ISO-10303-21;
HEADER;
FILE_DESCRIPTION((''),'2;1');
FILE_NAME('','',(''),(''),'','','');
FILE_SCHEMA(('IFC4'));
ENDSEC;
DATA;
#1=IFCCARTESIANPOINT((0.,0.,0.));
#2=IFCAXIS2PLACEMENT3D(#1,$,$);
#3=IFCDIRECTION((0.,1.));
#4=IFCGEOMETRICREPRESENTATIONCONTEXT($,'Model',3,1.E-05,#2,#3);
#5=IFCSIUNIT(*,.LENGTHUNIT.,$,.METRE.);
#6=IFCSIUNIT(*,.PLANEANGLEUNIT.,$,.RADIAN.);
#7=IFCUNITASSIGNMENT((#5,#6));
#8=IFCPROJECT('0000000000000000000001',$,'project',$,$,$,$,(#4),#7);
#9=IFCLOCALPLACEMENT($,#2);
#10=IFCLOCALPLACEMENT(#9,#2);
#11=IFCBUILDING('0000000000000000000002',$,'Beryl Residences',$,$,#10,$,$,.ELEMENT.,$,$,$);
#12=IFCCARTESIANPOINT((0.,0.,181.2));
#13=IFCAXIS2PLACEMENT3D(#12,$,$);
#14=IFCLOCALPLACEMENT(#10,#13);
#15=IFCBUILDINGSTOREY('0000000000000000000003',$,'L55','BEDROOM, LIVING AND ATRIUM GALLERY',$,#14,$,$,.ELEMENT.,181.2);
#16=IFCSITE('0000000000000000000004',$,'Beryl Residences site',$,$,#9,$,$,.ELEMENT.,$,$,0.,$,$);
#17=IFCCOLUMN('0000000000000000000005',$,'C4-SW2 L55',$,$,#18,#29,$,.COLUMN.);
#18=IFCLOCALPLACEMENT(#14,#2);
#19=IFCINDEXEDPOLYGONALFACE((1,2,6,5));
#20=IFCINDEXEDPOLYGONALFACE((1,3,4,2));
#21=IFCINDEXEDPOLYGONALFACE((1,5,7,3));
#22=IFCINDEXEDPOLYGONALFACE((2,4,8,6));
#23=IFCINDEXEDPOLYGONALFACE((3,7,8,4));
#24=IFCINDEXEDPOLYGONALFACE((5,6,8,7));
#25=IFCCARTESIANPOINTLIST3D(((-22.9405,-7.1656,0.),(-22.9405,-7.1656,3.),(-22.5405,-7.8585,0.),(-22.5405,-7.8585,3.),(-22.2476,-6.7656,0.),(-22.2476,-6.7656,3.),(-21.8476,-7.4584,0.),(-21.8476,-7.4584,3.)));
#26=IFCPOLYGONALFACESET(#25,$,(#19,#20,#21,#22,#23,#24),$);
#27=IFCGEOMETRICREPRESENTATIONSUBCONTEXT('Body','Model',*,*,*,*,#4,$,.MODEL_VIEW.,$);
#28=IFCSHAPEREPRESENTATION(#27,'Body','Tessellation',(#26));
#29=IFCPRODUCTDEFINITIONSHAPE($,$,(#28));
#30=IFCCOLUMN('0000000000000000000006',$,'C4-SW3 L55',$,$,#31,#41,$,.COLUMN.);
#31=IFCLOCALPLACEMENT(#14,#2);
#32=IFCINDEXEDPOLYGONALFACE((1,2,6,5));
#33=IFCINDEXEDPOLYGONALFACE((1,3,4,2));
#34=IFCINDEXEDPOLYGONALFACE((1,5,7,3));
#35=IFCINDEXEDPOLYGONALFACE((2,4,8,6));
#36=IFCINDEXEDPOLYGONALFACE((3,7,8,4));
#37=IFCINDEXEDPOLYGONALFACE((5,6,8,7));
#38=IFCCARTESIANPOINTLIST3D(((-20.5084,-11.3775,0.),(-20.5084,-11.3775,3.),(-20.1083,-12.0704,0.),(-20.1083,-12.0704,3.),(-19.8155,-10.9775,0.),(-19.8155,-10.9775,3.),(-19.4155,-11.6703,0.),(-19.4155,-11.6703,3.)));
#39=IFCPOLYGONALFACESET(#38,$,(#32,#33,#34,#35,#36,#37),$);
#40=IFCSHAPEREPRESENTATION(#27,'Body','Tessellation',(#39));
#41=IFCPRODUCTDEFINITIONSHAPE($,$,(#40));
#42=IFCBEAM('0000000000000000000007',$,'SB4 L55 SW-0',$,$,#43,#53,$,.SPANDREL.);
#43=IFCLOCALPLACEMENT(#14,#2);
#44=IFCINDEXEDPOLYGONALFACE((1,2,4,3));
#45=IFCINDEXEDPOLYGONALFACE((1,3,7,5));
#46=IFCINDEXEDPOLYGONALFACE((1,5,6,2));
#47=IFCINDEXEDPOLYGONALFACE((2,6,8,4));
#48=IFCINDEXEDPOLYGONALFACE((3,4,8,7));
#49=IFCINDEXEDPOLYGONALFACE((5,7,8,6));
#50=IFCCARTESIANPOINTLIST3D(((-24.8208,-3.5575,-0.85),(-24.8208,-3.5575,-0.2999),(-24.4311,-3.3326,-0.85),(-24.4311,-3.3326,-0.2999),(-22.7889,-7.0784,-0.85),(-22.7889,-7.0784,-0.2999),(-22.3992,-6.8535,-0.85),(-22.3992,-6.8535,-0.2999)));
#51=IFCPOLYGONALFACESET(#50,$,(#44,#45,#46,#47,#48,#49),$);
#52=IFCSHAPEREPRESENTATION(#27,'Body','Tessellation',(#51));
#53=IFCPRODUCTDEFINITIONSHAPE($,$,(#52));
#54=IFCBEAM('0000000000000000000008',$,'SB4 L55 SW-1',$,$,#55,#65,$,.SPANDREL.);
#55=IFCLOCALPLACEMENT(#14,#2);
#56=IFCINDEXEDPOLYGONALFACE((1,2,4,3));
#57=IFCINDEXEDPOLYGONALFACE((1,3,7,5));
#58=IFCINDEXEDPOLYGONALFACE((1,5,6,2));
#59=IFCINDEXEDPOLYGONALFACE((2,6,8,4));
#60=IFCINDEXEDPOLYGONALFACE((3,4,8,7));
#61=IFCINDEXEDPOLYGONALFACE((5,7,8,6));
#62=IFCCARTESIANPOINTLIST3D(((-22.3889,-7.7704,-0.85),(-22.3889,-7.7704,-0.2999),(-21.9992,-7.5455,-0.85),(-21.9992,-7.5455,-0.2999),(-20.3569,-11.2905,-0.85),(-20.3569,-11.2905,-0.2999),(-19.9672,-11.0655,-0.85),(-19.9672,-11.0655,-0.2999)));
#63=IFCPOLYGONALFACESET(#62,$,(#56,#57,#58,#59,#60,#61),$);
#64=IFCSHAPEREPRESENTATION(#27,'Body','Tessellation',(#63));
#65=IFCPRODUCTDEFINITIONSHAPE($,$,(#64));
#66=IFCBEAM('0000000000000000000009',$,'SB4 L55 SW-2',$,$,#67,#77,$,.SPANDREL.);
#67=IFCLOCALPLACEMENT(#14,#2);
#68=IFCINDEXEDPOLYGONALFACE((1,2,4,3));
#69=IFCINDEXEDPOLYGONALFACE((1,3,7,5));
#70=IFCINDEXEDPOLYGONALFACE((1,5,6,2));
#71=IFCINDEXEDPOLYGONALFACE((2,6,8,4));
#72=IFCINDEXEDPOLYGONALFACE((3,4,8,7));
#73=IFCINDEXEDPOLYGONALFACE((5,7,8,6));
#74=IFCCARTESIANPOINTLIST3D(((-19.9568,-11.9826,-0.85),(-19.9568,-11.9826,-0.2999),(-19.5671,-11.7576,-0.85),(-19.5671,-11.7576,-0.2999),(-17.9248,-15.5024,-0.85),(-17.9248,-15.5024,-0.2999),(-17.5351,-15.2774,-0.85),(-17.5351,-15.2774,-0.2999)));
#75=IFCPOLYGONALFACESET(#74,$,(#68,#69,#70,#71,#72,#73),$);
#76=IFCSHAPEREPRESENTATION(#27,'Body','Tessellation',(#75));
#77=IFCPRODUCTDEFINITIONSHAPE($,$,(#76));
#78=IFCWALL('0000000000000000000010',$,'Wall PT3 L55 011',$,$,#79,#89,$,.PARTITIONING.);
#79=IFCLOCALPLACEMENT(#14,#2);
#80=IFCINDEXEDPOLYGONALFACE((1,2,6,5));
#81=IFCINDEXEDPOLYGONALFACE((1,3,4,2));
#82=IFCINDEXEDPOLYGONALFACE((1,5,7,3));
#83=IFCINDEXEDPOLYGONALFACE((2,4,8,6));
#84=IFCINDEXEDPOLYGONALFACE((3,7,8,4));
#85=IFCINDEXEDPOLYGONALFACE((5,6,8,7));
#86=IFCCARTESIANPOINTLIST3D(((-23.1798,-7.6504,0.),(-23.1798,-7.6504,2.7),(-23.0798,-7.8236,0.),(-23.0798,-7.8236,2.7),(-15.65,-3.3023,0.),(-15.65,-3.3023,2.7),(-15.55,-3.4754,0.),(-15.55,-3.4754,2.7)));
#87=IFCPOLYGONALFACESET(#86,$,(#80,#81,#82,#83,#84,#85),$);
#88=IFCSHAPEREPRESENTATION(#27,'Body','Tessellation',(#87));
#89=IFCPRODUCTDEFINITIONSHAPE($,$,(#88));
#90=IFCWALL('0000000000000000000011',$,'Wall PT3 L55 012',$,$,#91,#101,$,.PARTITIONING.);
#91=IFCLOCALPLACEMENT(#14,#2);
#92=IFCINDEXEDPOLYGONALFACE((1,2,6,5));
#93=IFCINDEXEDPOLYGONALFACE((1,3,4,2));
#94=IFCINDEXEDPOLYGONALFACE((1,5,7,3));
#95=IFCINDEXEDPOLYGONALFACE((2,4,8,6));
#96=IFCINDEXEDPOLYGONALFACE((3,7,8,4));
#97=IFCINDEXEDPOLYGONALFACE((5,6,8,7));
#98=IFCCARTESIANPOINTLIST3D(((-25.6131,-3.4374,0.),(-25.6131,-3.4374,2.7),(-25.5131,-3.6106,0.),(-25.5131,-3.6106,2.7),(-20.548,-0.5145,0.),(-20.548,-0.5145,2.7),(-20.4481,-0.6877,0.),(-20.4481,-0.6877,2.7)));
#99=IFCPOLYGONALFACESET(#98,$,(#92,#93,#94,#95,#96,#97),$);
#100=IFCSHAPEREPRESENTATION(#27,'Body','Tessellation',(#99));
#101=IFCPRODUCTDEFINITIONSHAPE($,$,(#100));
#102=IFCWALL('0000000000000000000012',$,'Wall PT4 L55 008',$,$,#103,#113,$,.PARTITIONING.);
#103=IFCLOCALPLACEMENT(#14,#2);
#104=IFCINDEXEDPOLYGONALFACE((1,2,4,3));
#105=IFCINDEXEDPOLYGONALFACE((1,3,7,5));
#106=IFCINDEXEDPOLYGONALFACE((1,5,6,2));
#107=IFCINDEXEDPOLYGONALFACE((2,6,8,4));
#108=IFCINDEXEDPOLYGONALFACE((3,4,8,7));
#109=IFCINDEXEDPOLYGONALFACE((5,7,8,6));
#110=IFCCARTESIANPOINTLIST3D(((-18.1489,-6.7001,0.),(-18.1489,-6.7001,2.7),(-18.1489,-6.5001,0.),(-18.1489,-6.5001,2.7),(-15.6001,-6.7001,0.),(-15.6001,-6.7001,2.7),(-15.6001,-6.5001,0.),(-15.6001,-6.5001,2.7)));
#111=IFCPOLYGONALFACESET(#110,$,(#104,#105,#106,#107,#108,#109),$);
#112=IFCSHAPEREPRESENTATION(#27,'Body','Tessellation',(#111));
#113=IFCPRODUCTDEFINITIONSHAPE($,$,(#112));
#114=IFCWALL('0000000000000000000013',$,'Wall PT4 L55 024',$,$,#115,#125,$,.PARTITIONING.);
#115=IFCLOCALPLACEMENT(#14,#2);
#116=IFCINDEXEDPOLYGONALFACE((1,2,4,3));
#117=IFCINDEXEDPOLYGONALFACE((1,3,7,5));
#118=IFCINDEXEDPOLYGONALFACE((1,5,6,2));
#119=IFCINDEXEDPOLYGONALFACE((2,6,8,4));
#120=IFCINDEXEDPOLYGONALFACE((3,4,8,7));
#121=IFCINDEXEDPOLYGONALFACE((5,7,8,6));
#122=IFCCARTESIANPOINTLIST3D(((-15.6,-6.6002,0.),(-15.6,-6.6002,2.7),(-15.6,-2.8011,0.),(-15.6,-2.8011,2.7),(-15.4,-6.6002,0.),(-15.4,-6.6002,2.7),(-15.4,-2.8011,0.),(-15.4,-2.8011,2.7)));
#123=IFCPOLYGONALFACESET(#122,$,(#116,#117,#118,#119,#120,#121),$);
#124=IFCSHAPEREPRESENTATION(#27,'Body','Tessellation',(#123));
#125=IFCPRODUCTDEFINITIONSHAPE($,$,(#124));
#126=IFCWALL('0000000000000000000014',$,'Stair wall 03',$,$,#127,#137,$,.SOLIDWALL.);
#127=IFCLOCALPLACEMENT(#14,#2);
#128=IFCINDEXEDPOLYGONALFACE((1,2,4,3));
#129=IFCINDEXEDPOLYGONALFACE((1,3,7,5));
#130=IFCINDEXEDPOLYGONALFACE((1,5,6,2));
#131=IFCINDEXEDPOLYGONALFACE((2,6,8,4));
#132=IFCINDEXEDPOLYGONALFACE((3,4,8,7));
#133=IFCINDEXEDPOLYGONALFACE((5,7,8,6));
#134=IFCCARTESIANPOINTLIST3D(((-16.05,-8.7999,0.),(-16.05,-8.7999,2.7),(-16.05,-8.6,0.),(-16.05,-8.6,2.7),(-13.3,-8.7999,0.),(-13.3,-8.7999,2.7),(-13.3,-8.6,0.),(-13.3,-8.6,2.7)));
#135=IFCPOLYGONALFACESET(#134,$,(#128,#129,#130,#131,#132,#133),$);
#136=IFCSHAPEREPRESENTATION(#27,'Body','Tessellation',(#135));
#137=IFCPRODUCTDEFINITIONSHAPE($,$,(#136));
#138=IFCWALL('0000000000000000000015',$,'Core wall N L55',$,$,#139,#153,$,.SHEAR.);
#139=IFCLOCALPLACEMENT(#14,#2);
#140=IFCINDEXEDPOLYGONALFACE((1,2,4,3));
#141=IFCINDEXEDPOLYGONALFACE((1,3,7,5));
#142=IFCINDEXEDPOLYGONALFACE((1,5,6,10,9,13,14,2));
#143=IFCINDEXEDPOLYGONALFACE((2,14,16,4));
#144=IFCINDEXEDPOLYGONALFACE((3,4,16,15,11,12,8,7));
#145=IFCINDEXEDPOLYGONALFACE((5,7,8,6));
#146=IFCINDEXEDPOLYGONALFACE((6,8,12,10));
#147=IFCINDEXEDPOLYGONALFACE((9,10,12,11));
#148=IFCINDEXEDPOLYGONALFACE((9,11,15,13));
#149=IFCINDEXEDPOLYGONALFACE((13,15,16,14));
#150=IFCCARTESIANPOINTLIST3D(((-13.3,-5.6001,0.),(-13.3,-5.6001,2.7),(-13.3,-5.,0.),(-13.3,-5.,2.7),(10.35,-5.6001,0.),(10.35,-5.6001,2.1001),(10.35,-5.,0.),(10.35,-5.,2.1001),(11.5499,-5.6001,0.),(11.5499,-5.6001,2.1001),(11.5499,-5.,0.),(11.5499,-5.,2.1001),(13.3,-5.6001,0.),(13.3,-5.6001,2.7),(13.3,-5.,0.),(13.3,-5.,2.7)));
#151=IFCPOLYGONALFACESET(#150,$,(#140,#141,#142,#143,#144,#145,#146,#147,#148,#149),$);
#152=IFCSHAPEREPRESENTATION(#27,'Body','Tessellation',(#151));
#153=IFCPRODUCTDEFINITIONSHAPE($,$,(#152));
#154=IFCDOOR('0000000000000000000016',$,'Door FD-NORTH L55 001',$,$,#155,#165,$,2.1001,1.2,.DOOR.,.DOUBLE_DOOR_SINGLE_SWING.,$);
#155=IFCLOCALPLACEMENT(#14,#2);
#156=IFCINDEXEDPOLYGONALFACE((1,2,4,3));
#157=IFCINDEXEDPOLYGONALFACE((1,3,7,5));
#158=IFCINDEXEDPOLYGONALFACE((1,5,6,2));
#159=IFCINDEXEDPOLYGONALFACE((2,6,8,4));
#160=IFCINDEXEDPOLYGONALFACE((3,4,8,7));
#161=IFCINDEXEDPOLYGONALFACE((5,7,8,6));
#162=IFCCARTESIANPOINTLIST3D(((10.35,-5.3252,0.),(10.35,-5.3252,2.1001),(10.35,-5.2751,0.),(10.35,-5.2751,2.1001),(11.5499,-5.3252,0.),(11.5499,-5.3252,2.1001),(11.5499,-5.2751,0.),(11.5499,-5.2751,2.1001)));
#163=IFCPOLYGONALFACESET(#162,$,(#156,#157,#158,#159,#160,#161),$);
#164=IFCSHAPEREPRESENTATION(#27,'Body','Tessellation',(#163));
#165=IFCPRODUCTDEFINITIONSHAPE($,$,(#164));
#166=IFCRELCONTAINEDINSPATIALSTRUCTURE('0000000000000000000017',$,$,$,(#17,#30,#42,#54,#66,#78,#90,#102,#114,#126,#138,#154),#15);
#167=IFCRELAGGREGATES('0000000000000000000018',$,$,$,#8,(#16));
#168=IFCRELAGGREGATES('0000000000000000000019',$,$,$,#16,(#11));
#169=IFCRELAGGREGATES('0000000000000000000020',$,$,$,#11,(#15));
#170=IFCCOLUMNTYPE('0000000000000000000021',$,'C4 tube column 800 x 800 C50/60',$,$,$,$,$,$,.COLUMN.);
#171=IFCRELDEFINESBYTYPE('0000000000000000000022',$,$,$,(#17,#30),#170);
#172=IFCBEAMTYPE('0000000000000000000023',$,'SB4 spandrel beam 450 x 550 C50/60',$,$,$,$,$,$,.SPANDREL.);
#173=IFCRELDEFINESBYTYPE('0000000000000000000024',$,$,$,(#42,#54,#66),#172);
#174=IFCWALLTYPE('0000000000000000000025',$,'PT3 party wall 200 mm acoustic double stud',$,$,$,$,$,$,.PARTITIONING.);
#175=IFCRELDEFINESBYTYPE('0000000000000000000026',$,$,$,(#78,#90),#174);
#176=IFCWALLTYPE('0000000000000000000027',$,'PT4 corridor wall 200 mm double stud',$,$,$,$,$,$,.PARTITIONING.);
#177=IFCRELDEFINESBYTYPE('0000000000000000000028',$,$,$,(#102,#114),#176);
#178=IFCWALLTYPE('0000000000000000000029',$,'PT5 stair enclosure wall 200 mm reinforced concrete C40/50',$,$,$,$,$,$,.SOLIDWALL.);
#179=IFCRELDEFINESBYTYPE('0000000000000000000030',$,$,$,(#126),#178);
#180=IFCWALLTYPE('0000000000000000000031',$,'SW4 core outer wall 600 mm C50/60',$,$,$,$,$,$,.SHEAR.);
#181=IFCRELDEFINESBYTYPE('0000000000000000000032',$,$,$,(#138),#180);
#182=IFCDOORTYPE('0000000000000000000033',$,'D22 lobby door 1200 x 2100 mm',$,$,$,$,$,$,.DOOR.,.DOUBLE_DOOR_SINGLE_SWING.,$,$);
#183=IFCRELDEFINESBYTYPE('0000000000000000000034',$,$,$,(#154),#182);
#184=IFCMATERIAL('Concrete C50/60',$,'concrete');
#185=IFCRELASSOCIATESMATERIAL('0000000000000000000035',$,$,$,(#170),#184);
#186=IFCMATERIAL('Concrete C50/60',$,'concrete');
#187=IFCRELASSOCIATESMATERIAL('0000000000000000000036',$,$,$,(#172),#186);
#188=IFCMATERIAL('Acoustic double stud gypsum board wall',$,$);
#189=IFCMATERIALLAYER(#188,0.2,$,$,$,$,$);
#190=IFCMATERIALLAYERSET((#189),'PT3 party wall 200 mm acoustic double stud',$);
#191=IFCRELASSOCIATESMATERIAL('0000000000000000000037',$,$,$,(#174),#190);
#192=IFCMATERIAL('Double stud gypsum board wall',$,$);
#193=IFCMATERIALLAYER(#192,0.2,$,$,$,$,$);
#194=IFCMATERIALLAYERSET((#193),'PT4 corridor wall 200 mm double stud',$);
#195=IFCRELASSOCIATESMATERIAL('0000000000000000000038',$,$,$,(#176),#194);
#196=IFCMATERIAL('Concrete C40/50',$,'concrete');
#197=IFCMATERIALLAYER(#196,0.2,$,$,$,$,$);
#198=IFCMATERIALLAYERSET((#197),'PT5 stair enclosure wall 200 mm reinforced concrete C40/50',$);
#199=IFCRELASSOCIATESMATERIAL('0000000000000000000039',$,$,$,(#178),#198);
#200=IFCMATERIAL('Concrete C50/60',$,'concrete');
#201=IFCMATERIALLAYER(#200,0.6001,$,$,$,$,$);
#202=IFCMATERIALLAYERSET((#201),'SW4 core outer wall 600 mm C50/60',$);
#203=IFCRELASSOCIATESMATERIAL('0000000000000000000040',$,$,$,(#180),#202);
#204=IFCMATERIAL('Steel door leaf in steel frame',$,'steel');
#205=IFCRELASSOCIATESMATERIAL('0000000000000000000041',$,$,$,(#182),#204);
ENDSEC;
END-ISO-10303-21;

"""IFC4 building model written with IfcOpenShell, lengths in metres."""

from ifc_helpers import new_model, si_unit, direction, frame, frame_2d, origin, origin_2d, place, context, subcontext, project, spatial, rectangle, extrude, material, layer, layer_set, material_profile, profile_set, type_object, element, fill, save


model = new_model("IFC4")

# Units and contexts
model_context = context("Model", 3, precision=1e-05, world=origin(), true_north=direction((0.0, 1.0)))
body_context = subcontext(model_context, "Body", "Model", "MODEL_VIEW")
ifc_project = project(units=[si_unit("LENGTHUNIT", "METRE"), si_unit("PLANEANGLEUNIT", "RADIAN")], contexts=[model_context])

# Site, building, storey
site_placement = place(None, origin())
site = spatial("IfcSite", under=ifc_project, at=site_placement, Name="Beryl Residences site", CompositionType="ELEMENT", RefElevation=0.0)
building_placement = place(site_placement, origin())
building = spatial("IfcBuilding", under=site, at=building_placement, Name="Beryl Residences", CompositionType="ELEMENT")
storey_placement = place(building_placement, frame((0.0, 0.0, 181.2)))
storey = spatial("IfcBuildingStorey", under=building, at=storey_placement, Name="L55", Description="BEDROOM, LIVING AND ATRIUM GALLERY", CompositionType="ELEMENT", Elevation=181.2)

# Columns
ifc_material_1 = material(Name="Concrete C50/60", Category="concrete")
ifc_material_profile_1 = material_profile(ifc_material_1, rectangle(XDim=0.8, YDim=0.8, at=origin_2d()))
ifc_profile_set_1 = profile_set([ifc_material_profile_1], Name="Concrete C50/60")
column_type = type_object("IfcColumnType", Name="C4 tube column 800 x 800 C50/60", PredefinedType="COLUMN", material=ifc_profile_set_1)
for number, where, z_axis, x_axis, name in (
    (1, (-22.394, -7.312, 0.0), (0.0, 0.0, 1.0), (0.5, -0.866025, 0.0), "C4-SW2 L55"),
    (2, (-19.9619, -11.5239, 0.0), (0.0, 0.0, 1.0), (0.5, -0.866025, 0.0), "C4-SW3 L55"),
):
    element("IfcColumn", number, at=place(storey_placement, frame(where, z_axis=z_axis, x_axis=x_axis)), inside=storey, type_object=column_type, Name=name, PredefinedType="COLUMN", context=body_context, shape_type="SweptSolid", body=[
        extrude(rectangle(XDim=0.8, YDim=0.8, at=origin_2d()), origin(), (0.0, 0.0, 1.0), 3.0),
    ])

# Beams
ifc_material_2 = material(Name="Concrete C50/60", Category="concrete")
ifc_material_profile_2 = material_profile(ifc_material_2, rectangle(XDim=0.45, YDim=0.55, at=origin_2d()))
ifc_profile_set_2 = profile_set([ifc_material_profile_2], Name="Concrete C50/60")
beam_type = type_object("IfcBeamType", Name="SB4 spandrel beam 450 x 550 C50/60", PredefinedType="SPANDREL", material=ifc_profile_set_2)
beam_1_placement = place(storey_placement, frame((-24.626, -3.4451, -0.575), z_axis=(0.49984, -0.866118, 0.0), x_axis=(0.866118, 0.49984, 0.0)))
element("IfcBeam", 3, at=beam_1_placement, inside=storey, type_object=beam_type, Name="SB4 L55 SW-0", PredefinedType="SPANDREL", context=body_context, shape_type="SweptSolid", body=[
    extrude(rectangle(XDim=0.45, YDim=0.55, at=origin_2d()), origin(), (0.0, 0.0, 1.0), 4.0652),
])
beam_2_placement = place(storey_placement, frame((-22.1941, -7.658, -0.575), z_axis=(0.499944, -0.866058, 0.0), x_axis=(0.866058, 0.499944, 0.0)))
element("IfcBeam", 4, at=beam_2_placement, inside=storey, type_object=beam_type, Name="SB4 L55 SW-1", PredefinedType="SPANDREL", context=body_context, shape_type="SweptSolid", body=[
    extrude(rectangle(XDim=0.45, YDim=0.55, at=origin_2d()), origin(), (0.0, 0.0, 1.0), 4.0645),
])
beam_3_placement = place(storey_placement, frame((-19.762, -11.8701, -0.575), z_axis=(0.49997, -0.866043, 0.0), x_axis=(0.866043, 0.49997, 0.0)))
element("IfcBeam", 5, at=beam_3_placement, inside=storey, type_object=beam_type, Name="SB4 L55 SW-2", PredefinedType="SPANDREL", context=body_context, shape_type="SweptSolid", body=[
    extrude(rectangle(XDim=0.45, YDim=0.55, at=origin_2d()), origin(), (0.0, 0.0, 1.0), 4.0642),
])

# Walls
ifc_material_3 = material(Name="Acoustic double stud gypsum board wall")
ifc_layer_1 = layer(ifc_material_3, 0.2)
ifc_layer_set_1 = layer_set([ifc_layer_1], Name="PT3 party wall 200 mm acoustic double stud")
wall_type_1 = type_object("IfcWallType", Name="PT3 party wall 200 mm acoustic double stud", PredefinedType="PARTITIONING", material=ifc_layer_set_1)
wall_1_placement = place(storey_placement, frame((-23.1299, -7.7371, 0.0), z_axis=(0.0, 0.0, 1.0), x_axis=(0.865985, 0.500071, 0.0)))
element("IfcWall", 6, at=wall_1_placement, inside=storey, type_object=wall_type_1, Name="Wall PT3 L55 011", PredefinedType="PARTITIONING", context=body_context, shape_type="SweptSolid", body=[
    extrude(rectangle(XDim=8.6951, YDim=0.2, at=frame_2d((4.3477, 0.0))), origin(), (0.0, 0.0, 1.0), 2.7),
])
wall_2_placement = place(storey_placement, frame((-25.563, -3.5239, 0.0), z_axis=(0.0, 0.0, 1.0), x_axis=(0.866129, 0.499821, 0.0)))
element("IfcWall", 7, at=wall_2_placement, inside=storey, type_object=wall_type_1, Name="Wall PT3 L55 012", PredefinedType="PARTITIONING", context=body_context, shape_type="SweptSolid", body=[
    extrude(rectangle(XDim=5.8479, YDim=0.2, at=frame_2d((2.9238, 0.0))), origin(), (0.0, 0.0, 1.0), 2.7),
])
ifc_material_4 = material(Name="Double stud gypsum board wall")
ifc_layer_2 = layer(ifc_material_4, 0.2)
ifc_layer_set_2 = layer_set([ifc_layer_2], Name="PT4 corridor wall 200 mm double stud")
wall_type_2 = type_object("IfcWallType", Name="PT4 corridor wall 200 mm double stud", PredefinedType="PARTITIONING", material=ifc_layer_set_2)
wall_3_placement = place(storey_placement, frame((-18.1489, -6.6001, 0.0), z_axis=(0.0, 0.0, 1.0), x_axis=(1.0, 0.0, 0.0)))
element("IfcWall", 8, at=wall_3_placement, inside=storey, type_object=wall_type_2, Name="Wall PT4 L55 008", PredefinedType="PARTITIONING", context=body_context, shape_type="SweptSolid", body=[
    extrude(rectangle(XDim=2.5488, YDim=0.2, at=frame_2d((1.2744, 0.0))), origin(), (0.0, 0.0, 1.0), 2.7),
])
wall_4_placement = place(storey_placement, frame((-15.5, -6.6001, 0.0), z_axis=(0.0, 0.0, 1.0), x_axis=(0.0, 1.0, 0.0)))
element("IfcWall", 9, at=wall_4_placement, inside=storey, type_object=wall_type_2, Name="Wall PT4 L55 024", PredefinedType="PARTITIONING", context=body_context, shape_type="SweptSolid", body=[
    extrude(rectangle(XDim=3.7991, YDim=0.2, at=frame_2d((1.8994, 0.0))), origin(), (0.0, 0.0, 1.0), 2.7),
])
ifc_material_5 = material(Name="Concrete C40/50", Category="concrete")
ifc_layer_3 = layer(ifc_material_5, 0.2)
ifc_layer_set_3 = layer_set([ifc_layer_3], Name="PT5 stair enclosure wall 200 mm reinforced concrete C40/50")
wall_type_3 = type_object("IfcWallType", Name="PT5 stair enclosure wall 200 mm reinforced concrete C40/50", PredefinedType="SOLIDWALL", material=ifc_layer_set_3)
wall_5_placement = place(storey_placement, frame((-16.05, -8.7, 0.0), z_axis=(0.0, 0.0, 1.0), x_axis=(1.0, 0.0, 0.0)))
element("IfcWall", 10, at=wall_5_placement, inside=storey, type_object=wall_type_3, Name="Stair wall 03", PredefinedType="SOLIDWALL", context=body_context, shape_type="SweptSolid", body=[
    extrude(rectangle(XDim=2.75, YDim=0.2, at=frame_2d((1.375, 0.0))), origin(), (0.0, 0.0, 1.0), 2.7),
])

# Wall, opening, door
ifc_material_6 = material(Name="Concrete C50/60", Category="concrete")
ifc_layer_4 = layer(ifc_material_6, 0.6001)
ifc_layer_set_4 = layer_set([ifc_layer_4], Name="SW4 core outer wall 600 mm C50/60")
wall_type_4 = type_object("IfcWallType", Name="SW4 core outer wall 600 mm C50/60", PredefinedType="SHEAR", material=ifc_layer_set_4)
wall_6_placement = place(storey_placement, frame((-13.3, -5.3, 0.0), z_axis=(0.0, 0.0, 1.0), x_axis=(1.0, 0.0, 0.0)))
wall_6 = element("IfcWall", 11, at=wall_6_placement, inside=storey, type_object=wall_type_4, Name="Core wall N L55", PredefinedType="SHEAR", context=body_context, shape_type="SweptSolid", body=[
    extrude(rectangle(XDim=26.6001, YDim=0.6001, at=frame_2d((13.3, 0.0))), origin(), (0.0, 0.0, 1.0), 2.7),
])
opening_placement = place(wall_6_placement, frame((23.6499, 0.0, 0.0)))
opening = element("IfcOpeningElement", 12, at=opening_placement, cuts=wall_6, PredefinedType="OPENING", context=body_context, shape_type="SweptSolid", body=[
    extrude(rectangle(XDim=1.2, YDim=2.1001, at=frame_2d((0.6001, 1.05))), frame((0.0, 0.3101, 0.0), z_axis=(0.0, -1.0, 0.0), x_axis=(1.0, 0.0, 0.0)), (0.0, 0.0, 1.0), 0.6201),
])
ifc_material_7 = material(Name="Steel door leaf in steel frame", Category="steel")
door_type = type_object("IfcDoorType", Name="D22 lobby door 1200 x 2100 mm", OperationType="DOUBLE_DOOR_SINGLE_SWING", PredefinedType="DOOR", material=ifc_material_7)
door_placement = place(opening_placement, origin())
door = element("IfcDoor", 13, at=door_placement, inside=storey, type_object=door_type, Name="Door FD-NORTH L55 001", OperationType="DOUBLE_DOOR_SINGLE_SWING", OverallHeight=2.1001, OverallWidth=1.2, PredefinedType="DOOR", context=body_context, shape_type="SweptSolid", body=[
    extrude(rectangle(XDim=1.2, YDim=2.1001, at=frame_2d((0.6001, 1.05))), frame((0.0, 0.0249, 0.0), z_axis=(0.0, -1.0, 0.0), x_axis=(1.0, 0.0, 0.0)), (0.0, 0.0, 1.0), 0.05),
])
fill(opening, door)

save(model, "model.ifc")
